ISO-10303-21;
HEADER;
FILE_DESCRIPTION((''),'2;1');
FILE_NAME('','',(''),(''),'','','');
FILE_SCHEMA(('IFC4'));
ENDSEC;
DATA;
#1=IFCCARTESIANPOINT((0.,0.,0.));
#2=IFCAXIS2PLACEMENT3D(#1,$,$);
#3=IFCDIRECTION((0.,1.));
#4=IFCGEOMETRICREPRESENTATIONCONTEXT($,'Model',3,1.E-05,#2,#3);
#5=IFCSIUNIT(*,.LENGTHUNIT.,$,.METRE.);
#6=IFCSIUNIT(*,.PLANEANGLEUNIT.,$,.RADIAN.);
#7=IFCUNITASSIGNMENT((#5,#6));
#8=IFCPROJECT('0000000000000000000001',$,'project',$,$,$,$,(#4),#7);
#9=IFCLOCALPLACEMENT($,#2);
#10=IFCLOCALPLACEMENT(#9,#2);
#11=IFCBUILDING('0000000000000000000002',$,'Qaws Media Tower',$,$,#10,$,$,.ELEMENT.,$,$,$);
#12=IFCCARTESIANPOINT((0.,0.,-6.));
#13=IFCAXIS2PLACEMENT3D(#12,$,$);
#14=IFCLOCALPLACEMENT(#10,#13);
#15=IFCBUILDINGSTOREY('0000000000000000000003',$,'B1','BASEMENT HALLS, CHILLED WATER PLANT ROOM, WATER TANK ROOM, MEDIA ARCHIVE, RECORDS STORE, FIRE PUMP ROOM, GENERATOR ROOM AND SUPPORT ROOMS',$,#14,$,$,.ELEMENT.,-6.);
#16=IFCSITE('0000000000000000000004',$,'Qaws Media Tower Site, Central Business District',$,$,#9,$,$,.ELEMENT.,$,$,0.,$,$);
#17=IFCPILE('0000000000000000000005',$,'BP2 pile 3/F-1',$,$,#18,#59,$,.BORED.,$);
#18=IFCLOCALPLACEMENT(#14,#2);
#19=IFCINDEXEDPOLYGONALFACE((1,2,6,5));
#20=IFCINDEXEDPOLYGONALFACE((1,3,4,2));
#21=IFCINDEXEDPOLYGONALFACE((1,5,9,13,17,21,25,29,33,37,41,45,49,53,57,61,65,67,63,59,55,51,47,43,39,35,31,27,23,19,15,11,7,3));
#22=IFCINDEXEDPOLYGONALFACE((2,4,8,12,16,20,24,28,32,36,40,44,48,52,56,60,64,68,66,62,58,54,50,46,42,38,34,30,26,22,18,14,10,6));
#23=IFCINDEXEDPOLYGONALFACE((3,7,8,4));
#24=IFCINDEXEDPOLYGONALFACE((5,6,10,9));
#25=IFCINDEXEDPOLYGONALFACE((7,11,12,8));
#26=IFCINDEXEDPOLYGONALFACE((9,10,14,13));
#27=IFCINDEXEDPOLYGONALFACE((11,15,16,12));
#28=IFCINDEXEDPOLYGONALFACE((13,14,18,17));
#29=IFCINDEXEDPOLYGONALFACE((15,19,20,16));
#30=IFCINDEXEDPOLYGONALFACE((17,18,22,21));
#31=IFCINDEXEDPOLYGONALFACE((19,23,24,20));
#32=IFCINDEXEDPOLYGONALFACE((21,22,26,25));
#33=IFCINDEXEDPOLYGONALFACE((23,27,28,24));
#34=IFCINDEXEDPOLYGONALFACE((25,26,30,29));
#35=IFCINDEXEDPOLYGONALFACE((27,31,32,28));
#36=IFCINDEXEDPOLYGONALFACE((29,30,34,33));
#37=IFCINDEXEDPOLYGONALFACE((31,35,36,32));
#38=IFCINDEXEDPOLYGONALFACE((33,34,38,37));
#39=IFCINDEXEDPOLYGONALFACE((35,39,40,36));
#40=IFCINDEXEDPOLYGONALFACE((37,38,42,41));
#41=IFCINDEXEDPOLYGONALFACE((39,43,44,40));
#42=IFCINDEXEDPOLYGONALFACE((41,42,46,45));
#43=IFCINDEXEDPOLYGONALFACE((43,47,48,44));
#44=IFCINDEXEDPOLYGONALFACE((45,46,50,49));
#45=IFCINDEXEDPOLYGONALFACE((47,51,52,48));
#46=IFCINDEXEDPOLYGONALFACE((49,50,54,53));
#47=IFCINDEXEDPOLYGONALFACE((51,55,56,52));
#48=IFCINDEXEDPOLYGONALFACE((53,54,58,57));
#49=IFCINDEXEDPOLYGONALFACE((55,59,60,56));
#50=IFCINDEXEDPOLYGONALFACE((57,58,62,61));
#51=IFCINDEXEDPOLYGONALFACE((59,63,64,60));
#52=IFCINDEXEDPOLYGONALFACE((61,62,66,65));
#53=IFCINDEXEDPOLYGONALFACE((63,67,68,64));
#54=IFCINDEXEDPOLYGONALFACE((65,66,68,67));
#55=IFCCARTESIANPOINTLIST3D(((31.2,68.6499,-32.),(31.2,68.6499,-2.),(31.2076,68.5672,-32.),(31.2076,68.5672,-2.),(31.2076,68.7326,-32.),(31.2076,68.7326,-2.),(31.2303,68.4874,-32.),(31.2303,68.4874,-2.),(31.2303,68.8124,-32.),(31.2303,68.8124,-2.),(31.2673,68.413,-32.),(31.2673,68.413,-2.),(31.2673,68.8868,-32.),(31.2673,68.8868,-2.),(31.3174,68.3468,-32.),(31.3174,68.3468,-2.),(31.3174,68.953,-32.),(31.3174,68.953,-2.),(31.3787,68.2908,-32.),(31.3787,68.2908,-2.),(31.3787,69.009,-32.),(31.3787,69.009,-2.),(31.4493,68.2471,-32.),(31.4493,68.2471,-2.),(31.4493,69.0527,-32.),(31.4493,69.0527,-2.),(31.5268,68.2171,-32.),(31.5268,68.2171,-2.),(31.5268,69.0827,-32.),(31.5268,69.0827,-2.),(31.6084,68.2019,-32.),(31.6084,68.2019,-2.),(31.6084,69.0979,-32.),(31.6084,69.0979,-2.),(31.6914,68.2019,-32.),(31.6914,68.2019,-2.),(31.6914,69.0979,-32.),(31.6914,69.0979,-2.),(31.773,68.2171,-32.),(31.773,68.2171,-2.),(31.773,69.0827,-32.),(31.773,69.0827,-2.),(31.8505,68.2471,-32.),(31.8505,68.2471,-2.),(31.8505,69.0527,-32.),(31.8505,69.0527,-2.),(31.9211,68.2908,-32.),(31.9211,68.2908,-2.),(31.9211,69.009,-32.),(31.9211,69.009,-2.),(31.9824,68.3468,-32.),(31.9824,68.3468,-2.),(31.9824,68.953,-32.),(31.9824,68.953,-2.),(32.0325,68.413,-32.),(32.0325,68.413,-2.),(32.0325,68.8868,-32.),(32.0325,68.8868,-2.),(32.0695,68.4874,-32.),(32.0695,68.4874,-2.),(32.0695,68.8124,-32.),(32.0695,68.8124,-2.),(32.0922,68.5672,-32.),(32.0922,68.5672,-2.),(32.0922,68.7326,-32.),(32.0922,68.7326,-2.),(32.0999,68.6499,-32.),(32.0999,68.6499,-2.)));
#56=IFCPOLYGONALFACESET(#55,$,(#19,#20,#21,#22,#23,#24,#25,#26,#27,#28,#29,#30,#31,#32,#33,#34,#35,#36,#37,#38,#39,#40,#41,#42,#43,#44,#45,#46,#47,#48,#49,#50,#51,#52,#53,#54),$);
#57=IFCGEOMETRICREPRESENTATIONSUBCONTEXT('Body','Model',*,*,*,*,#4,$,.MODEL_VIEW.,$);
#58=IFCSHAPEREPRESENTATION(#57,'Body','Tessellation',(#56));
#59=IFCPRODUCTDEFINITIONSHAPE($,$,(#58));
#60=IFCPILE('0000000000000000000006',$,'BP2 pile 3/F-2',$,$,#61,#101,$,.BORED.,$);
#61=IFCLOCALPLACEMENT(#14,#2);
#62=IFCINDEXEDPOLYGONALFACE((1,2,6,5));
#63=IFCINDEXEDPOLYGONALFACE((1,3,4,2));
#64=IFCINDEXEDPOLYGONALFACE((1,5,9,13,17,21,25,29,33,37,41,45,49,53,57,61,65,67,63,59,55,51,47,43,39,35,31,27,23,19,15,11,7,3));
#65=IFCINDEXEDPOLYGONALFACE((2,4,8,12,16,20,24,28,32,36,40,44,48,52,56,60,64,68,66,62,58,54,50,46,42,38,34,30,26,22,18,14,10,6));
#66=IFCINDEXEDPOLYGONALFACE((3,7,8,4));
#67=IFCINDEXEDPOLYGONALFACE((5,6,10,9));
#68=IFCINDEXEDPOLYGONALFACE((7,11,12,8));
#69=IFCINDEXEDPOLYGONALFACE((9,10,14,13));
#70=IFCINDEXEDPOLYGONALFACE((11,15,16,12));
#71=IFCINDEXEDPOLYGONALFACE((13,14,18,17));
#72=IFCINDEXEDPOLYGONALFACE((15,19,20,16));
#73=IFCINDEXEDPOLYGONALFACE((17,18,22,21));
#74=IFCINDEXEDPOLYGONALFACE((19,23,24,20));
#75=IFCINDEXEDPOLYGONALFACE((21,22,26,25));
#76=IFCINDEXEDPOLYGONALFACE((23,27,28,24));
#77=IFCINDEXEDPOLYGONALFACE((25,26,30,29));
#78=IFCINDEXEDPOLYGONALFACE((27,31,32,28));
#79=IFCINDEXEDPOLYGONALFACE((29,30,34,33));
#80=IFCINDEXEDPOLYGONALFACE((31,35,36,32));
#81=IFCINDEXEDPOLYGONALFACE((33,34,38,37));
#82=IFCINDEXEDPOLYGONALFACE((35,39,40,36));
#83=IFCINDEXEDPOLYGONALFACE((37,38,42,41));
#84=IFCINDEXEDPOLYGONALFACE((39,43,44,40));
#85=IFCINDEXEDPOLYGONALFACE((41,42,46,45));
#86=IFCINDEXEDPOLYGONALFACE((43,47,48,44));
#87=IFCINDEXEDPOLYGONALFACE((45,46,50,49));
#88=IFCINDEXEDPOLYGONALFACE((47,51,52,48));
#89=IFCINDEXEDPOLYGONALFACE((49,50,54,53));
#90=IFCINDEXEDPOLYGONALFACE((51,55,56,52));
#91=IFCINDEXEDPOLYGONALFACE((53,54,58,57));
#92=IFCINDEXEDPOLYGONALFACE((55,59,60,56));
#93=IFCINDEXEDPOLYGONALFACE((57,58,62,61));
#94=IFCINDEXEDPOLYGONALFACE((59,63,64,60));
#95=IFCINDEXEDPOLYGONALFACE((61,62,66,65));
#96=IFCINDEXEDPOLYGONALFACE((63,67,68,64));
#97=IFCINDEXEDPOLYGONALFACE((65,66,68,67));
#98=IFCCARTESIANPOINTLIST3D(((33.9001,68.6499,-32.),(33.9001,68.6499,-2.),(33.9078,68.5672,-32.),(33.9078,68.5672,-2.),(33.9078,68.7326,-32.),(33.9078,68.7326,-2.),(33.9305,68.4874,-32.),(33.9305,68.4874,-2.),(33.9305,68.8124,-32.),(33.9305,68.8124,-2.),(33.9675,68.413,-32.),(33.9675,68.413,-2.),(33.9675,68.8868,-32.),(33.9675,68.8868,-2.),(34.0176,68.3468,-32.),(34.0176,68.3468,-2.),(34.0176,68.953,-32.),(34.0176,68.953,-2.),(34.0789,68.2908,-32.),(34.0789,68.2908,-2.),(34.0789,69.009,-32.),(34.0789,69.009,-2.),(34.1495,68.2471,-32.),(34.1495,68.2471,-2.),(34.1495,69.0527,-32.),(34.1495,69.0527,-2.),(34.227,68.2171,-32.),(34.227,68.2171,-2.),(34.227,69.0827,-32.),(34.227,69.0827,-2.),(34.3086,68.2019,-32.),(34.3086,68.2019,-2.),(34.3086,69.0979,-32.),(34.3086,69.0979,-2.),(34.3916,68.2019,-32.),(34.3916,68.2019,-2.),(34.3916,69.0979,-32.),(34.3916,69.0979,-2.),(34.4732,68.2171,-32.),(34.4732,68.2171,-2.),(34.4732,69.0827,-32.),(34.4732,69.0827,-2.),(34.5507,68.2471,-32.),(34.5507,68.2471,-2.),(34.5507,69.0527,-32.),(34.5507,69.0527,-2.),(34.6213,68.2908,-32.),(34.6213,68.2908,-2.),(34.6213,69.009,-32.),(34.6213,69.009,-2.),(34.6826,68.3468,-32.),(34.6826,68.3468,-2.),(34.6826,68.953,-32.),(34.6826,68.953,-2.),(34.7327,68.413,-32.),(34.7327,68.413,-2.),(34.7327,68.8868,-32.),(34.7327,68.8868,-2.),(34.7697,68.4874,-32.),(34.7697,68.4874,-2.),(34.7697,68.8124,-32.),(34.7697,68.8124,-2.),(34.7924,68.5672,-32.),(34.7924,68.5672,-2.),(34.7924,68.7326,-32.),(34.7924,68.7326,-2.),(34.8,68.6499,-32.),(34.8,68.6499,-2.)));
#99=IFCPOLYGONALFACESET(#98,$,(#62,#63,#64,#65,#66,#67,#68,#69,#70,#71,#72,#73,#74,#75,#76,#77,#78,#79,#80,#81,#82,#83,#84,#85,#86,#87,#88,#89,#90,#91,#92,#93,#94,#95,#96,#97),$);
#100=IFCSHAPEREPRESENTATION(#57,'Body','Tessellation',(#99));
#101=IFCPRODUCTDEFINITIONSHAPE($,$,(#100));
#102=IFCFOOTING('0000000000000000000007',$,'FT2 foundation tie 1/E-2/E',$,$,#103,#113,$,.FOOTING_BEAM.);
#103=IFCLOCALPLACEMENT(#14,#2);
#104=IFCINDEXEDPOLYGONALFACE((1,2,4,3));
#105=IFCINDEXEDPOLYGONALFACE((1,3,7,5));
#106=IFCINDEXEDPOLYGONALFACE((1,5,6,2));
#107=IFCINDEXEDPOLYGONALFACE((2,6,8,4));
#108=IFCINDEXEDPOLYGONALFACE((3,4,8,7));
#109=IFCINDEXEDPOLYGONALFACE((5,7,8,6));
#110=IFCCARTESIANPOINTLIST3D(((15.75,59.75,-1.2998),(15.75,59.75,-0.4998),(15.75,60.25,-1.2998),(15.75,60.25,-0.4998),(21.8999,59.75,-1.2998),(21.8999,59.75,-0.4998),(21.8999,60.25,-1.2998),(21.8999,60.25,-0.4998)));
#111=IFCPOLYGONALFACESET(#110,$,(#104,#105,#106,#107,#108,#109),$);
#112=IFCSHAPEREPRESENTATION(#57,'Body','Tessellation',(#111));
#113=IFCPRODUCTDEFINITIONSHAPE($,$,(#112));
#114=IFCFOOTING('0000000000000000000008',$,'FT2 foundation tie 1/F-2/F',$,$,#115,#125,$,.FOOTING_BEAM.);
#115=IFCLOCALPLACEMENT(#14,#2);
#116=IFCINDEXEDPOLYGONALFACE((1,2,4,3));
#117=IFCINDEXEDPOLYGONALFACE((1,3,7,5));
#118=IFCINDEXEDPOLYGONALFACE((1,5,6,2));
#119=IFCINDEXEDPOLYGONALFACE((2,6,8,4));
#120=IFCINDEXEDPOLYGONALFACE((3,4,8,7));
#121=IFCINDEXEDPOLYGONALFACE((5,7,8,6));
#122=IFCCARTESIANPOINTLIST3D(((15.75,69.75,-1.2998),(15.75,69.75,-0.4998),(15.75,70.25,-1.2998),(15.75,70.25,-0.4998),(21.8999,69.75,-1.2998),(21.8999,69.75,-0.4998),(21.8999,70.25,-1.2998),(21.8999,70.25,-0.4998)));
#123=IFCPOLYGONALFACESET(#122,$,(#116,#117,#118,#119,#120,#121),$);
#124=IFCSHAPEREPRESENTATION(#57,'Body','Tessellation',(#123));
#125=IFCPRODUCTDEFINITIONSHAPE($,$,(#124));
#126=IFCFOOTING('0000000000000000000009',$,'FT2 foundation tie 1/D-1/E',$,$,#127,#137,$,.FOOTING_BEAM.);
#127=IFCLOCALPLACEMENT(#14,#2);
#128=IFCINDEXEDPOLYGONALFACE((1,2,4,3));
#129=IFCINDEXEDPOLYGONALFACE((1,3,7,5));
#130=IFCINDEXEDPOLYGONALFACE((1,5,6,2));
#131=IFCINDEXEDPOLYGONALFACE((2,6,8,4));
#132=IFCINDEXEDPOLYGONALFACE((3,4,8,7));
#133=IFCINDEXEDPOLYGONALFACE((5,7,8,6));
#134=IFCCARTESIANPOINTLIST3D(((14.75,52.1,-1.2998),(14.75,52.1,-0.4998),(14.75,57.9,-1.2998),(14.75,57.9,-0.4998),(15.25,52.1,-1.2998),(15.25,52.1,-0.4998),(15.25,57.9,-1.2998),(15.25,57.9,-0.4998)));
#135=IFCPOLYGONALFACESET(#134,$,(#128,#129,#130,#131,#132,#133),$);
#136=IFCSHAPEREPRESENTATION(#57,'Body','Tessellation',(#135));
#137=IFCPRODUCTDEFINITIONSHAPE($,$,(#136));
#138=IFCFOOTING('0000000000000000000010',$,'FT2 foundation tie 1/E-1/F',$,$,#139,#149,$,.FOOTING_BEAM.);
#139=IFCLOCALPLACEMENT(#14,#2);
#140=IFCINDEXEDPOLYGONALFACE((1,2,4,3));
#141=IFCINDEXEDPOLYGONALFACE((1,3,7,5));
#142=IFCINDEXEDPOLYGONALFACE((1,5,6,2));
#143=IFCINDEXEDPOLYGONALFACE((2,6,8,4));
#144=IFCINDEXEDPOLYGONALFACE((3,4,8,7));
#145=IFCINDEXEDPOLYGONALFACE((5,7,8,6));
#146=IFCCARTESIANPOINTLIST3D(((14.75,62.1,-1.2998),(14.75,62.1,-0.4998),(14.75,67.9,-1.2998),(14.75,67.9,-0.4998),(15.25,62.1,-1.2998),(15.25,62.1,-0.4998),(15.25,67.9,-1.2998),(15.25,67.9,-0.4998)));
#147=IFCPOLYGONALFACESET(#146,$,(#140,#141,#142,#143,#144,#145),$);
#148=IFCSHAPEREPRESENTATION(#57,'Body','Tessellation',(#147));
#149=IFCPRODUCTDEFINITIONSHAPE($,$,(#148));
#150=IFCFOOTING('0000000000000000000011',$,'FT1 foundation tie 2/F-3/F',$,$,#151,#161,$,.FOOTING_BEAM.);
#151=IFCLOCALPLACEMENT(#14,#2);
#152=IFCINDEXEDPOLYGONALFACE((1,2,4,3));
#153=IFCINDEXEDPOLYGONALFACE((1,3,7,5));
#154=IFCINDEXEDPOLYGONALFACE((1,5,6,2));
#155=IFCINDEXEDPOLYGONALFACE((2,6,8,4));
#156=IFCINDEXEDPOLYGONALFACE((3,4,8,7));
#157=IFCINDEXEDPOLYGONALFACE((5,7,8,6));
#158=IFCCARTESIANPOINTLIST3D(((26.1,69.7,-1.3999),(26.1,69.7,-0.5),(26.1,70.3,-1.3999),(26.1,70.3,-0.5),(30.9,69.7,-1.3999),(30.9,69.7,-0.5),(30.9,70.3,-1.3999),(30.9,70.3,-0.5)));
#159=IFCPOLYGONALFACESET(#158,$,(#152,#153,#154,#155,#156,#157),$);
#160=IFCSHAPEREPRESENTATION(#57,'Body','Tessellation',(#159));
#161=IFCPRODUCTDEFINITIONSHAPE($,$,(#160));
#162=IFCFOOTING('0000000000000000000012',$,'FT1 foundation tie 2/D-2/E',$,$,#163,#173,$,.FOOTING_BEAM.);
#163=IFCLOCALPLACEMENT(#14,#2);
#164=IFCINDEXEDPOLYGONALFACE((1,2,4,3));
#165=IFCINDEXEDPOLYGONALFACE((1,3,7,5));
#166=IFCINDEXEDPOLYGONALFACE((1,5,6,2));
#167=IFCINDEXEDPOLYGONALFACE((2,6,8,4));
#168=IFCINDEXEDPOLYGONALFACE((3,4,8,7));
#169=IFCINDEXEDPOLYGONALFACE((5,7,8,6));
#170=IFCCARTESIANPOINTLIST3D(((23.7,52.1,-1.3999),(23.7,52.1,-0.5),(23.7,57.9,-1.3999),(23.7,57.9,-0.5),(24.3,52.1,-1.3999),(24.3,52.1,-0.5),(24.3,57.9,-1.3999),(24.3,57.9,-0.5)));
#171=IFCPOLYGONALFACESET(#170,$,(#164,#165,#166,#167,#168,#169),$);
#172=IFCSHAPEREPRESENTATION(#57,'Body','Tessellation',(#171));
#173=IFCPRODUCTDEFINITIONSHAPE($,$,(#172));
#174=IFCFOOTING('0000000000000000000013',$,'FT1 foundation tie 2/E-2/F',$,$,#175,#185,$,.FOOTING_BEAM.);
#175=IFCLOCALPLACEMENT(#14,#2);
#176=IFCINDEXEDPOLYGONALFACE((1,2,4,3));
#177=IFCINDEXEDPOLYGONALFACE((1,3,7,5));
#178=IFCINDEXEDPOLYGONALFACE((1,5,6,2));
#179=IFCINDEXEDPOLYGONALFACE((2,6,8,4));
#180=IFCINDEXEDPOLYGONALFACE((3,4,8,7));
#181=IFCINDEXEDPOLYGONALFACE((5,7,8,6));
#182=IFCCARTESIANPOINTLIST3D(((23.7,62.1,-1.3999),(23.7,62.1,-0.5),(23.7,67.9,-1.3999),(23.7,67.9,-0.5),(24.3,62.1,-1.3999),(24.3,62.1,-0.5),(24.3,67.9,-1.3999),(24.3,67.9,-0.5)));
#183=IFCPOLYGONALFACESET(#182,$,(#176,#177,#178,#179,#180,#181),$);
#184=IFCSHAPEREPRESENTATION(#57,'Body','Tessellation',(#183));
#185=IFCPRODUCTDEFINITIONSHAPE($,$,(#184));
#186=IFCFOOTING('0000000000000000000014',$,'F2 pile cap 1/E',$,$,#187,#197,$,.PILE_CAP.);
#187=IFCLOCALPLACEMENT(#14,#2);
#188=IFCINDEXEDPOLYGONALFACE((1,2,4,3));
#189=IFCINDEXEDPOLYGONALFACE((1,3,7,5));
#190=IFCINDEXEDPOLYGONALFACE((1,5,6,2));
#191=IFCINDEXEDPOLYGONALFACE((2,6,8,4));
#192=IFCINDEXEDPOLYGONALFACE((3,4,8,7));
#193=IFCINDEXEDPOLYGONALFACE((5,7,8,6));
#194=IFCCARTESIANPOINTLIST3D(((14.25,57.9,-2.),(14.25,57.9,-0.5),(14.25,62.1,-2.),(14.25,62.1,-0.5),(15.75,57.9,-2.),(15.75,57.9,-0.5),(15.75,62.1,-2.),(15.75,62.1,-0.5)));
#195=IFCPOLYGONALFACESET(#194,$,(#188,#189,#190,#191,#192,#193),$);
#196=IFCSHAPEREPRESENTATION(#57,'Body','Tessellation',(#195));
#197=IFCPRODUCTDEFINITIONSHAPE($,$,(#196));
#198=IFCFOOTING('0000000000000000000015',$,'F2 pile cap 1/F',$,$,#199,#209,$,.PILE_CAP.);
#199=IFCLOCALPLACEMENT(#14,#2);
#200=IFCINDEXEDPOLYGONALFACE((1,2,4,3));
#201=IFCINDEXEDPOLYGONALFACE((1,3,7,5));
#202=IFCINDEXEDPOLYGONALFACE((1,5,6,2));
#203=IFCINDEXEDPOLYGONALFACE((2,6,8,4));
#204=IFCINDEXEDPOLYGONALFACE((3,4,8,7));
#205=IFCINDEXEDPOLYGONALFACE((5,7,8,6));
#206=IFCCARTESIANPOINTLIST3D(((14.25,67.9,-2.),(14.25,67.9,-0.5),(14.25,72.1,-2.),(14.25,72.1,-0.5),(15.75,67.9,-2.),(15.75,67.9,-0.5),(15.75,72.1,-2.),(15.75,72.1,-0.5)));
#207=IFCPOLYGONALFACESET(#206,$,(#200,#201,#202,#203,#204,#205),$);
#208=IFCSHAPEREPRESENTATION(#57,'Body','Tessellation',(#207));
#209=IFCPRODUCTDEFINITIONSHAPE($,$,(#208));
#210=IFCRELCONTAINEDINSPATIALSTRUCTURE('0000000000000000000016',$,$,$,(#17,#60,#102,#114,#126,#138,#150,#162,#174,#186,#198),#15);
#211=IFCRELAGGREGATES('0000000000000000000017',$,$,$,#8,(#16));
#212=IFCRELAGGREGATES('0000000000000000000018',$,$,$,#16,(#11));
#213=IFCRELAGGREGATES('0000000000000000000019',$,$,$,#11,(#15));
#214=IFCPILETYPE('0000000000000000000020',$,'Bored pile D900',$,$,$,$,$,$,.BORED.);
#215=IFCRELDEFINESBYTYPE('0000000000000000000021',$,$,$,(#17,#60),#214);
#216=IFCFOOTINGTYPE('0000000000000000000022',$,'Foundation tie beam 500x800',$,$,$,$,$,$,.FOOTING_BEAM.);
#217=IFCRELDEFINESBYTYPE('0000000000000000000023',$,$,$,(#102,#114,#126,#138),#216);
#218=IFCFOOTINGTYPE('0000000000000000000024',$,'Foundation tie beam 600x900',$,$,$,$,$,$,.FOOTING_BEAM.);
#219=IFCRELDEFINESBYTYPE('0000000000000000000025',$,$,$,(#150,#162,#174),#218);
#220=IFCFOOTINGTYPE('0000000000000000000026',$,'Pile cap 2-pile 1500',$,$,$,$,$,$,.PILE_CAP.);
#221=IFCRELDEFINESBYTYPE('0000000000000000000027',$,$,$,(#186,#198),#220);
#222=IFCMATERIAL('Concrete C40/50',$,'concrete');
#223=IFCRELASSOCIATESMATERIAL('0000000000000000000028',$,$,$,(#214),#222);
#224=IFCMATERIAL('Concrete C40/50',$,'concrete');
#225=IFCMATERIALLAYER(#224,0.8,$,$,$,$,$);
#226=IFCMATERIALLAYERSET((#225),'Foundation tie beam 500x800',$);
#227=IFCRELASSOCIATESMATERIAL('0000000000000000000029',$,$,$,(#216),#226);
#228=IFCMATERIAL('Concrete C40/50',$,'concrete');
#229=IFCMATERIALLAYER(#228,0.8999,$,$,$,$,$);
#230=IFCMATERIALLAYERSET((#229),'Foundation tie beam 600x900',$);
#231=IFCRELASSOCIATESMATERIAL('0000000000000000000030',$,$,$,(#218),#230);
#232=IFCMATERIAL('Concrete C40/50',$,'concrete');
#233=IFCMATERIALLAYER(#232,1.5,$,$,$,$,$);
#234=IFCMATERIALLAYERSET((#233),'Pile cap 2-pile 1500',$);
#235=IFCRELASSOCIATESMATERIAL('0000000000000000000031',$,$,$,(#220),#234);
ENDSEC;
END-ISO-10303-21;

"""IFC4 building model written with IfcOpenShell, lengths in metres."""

from ifc_helpers import new_model, si_unit, direction, frame, origin, origin_2d, place, context, subcontext, project, spatial, rectangle, circle, extrude, material, layer, layer_set, material_profile, profile_set, type_object, element, save


model = new_model("IFC4")

# Units and contexts
model_context = context("Model", 3, precision=1e-05, world=origin(), true_north=direction((0.0, 1.0)))
body_context = subcontext(model_context, "Body", "Model", "MODEL_VIEW")
ifc_project = project(units=[si_unit("LENGTHUNIT", "METRE"), si_unit("PLANEANGLEUNIT", "RADIAN")], contexts=[model_context])

# Site, building, storey
site_placement = place(None, origin())
site = spatial("IfcSite", under=ifc_project, at=site_placement, Name="Qaws Media Tower Site, Central Business District", CompositionType="ELEMENT", RefElevation=0.0)
building_placement = place(site_placement, origin())
building = spatial("IfcBuilding", under=site, at=building_placement, Name="Qaws Media Tower", CompositionType="ELEMENT")
storey_placement = place(building_placement, frame((0.0, 0.0, -6.0)))
storey = spatial("IfcBuildingStorey", under=building, at=storey_placement, Name="B1", Description="BASEMENT HALLS, CHILLED WATER PLANT ROOM, WATER TANK ROOM, MEDIA ARCHIVE, RECORDS STORE, FIRE PUMP ROOM, GENERATOR ROOM AND SUPPORT ROOMS", CompositionType="ELEMENT", Elevation=-6.0)

# Piles
ifc_material_1 = material(Name="Concrete C40/50", Category="concrete")
ifc_material_profile_1 = material_profile(ifc_material_1, circle(Radius=0.45, at=origin_2d()), Name="D900")
ifc_profile_set_1 = profile_set([ifc_material_profile_1], Name="Concrete C40/50")
pile_type = type_object("IfcPileType", Name="Bored pile D900", PredefinedType="BORED", material=ifc_profile_set_1)
for number, where, z_axis, x_axis, name in (
    (1, (31.6499, 68.6499, -2.0), (0.0, 0.0, -1.0), (1.0, 0.0, 0.0), "BP2 pile 3/F-1"),
    (2, (34.3501, 68.6499, -2.0), (0.0, 0.0, -1.0), (1.0, 0.0, 0.0), "BP2 pile 3/F-2"),
):
    element("IfcPile", number, at=place(storey_placement, frame(where, z_axis=z_axis, x_axis=x_axis)), inside=storey, type_object=pile_type, Name=name, PredefinedType="BORED", context=body_context, shape_type="SweptSolid", body=[
        extrude(circle(Radius=0.45, at=origin_2d()), origin(), (0.0, 0.0, 1.0), 30.0),
    ])

# Footings
ifc_material_2 = material(Name="Concrete C40/50", Category="concrete")
ifc_layer_1 = layer(ifc_material_2, 0.8)
ifc_layer_set_1 = layer_set([ifc_layer_1], Name="Foundation tie beam 500x800")
footing_type_1 = type_object("IfcFootingType", Name="Foundation tie beam 500x800", PredefinedType="FOOTING_BEAM", material=ifc_layer_set_1)
for number, where, z_axis, x_axis, name in (
    (3, (18.825, 60.0, -1.2998), (0.0, 0.0, 1.0), (1.0, 0.0, 0.0), "FT2 foundation tie 1/E-2/E"),
    (4, (18.825, 70.0, -1.2998), (0.0, 0.0, 1.0), (1.0, 0.0, 0.0), "FT2 foundation tie 1/F-2/F"),
):
    element("IfcFooting", number, at=place(storey_placement, frame(where, z_axis=z_axis, x_axis=x_axis)), inside=storey, type_object=footing_type_1, Name=name, PredefinedType="FOOTING_BEAM", context=body_context, shape_type="SweptSolid", body=[
        extrude(rectangle(XDim=6.1499, YDim=0.5, at=origin_2d()), origin(), (0.0, 0.0, 1.0), 0.8),
    ])
for number, where, z_axis, x_axis, name in (
    (5, (15.0, 55.0, -1.2998), (0.0, 0.0, 1.0), (1.0, 0.0, 0.0), "FT2 foundation tie 1/D-1/E"),
    (6, (15.0, 65.0, -1.2998), (0.0, 0.0, 1.0), (1.0, 0.0, 0.0), "FT2 foundation tie 1/E-1/F"),
):
    element("IfcFooting", number, at=place(storey_placement, frame(where, z_axis=z_axis, x_axis=x_axis)), inside=storey, type_object=footing_type_1, Name=name, PredefinedType="FOOTING_BEAM", context=body_context, shape_type="SweptSolid", body=[
        extrude(rectangle(XDim=0.5, YDim=5.8, at=origin_2d()), origin(), (0.0, 0.0, 1.0), 0.8),
    ])
ifc_material_3 = material(Name="Concrete C40/50", Category="concrete")
ifc_layer_2 = layer(ifc_material_3, 0.8999)
ifc_layer_set_2 = layer_set([ifc_layer_2], Name="Foundation tie beam 600x900")
footing_type_2 = type_object("IfcFootingType", Name="Foundation tie beam 600x900", PredefinedType="FOOTING_BEAM", material=ifc_layer_set_2)
footing_placement = place(storey_placement, frame((28.5, 70.0, -1.3999), z_axis=(0.0, 0.0, 1.0), x_axis=(1.0, 0.0, 0.0)))
element("IfcFooting", 7, at=footing_placement, inside=storey, type_object=footing_type_2, Name="FT1 foundation tie 2/F-3/F", PredefinedType="FOOTING_BEAM", context=body_context, shape_type="SweptSolid", body=[
    extrude(rectangle(XDim=4.8, YDim=0.6001, at=origin_2d()), origin(), (0.0, 0.0, 1.0), 0.8999),
])
for number, where, z_axis, x_axis, name in (
    (8, (24.0, 55.0, -1.3999), (0.0, 0.0, 1.0), (1.0, 0.0, 0.0), "FT1 foundation tie 2/D-2/E"),
    (9, (24.0, 65.0, -1.3999), (0.0, 0.0, 1.0), (1.0, 0.0, 0.0), "FT1 foundation tie 2/E-2/F"),
):
    element("IfcFooting", number, at=place(storey_placement, frame(where, z_axis=z_axis, x_axis=x_axis)), inside=storey, type_object=footing_type_2, Name=name, PredefinedType="FOOTING_BEAM", context=body_context, shape_type="SweptSolid", body=[
        extrude(rectangle(XDim=0.6001, YDim=5.8, at=origin_2d()), origin(), (0.0, 0.0, 1.0), 0.8999),
    ])
ifc_material_4 = material(Name="Concrete C40/50", Category="concrete")
ifc_layer_3 = layer(ifc_material_4, 1.5)
ifc_layer_set_3 = layer_set([ifc_layer_3], Name="Pile cap 2-pile 1500")
footing_type_3 = type_object("IfcFootingType", Name="Pile cap 2-pile 1500", PredefinedType="PILE_CAP", material=ifc_layer_set_3)
for number, where, z_axis, x_axis, name in (
    (10, (15.0, 60.0, -2.0), (0.0, 0.0, 1.0), (1.0, 0.0, 0.0), "F2 pile cap 1/E"),
    (11, (15.0, 70.0, -2.0), (0.0, 0.0, 1.0), (1.0, 0.0, 0.0), "F2 pile cap 1/F"),
):
    element("IfcFooting", number, at=place(storey_placement, frame(where, z_axis=z_axis, x_axis=x_axis)), inside=storey, type_object=footing_type_3, Name=name, PredefinedType="PILE_CAP", context=body_context, shape_type="SweptSolid", body=[
        extrude(rectangle(XDim=1.5, YDim=4.2, at=origin_2d()), origin(), (0.0, 0.0, 1.0), 1.5),
    ])

save(model, "model.ifc")
